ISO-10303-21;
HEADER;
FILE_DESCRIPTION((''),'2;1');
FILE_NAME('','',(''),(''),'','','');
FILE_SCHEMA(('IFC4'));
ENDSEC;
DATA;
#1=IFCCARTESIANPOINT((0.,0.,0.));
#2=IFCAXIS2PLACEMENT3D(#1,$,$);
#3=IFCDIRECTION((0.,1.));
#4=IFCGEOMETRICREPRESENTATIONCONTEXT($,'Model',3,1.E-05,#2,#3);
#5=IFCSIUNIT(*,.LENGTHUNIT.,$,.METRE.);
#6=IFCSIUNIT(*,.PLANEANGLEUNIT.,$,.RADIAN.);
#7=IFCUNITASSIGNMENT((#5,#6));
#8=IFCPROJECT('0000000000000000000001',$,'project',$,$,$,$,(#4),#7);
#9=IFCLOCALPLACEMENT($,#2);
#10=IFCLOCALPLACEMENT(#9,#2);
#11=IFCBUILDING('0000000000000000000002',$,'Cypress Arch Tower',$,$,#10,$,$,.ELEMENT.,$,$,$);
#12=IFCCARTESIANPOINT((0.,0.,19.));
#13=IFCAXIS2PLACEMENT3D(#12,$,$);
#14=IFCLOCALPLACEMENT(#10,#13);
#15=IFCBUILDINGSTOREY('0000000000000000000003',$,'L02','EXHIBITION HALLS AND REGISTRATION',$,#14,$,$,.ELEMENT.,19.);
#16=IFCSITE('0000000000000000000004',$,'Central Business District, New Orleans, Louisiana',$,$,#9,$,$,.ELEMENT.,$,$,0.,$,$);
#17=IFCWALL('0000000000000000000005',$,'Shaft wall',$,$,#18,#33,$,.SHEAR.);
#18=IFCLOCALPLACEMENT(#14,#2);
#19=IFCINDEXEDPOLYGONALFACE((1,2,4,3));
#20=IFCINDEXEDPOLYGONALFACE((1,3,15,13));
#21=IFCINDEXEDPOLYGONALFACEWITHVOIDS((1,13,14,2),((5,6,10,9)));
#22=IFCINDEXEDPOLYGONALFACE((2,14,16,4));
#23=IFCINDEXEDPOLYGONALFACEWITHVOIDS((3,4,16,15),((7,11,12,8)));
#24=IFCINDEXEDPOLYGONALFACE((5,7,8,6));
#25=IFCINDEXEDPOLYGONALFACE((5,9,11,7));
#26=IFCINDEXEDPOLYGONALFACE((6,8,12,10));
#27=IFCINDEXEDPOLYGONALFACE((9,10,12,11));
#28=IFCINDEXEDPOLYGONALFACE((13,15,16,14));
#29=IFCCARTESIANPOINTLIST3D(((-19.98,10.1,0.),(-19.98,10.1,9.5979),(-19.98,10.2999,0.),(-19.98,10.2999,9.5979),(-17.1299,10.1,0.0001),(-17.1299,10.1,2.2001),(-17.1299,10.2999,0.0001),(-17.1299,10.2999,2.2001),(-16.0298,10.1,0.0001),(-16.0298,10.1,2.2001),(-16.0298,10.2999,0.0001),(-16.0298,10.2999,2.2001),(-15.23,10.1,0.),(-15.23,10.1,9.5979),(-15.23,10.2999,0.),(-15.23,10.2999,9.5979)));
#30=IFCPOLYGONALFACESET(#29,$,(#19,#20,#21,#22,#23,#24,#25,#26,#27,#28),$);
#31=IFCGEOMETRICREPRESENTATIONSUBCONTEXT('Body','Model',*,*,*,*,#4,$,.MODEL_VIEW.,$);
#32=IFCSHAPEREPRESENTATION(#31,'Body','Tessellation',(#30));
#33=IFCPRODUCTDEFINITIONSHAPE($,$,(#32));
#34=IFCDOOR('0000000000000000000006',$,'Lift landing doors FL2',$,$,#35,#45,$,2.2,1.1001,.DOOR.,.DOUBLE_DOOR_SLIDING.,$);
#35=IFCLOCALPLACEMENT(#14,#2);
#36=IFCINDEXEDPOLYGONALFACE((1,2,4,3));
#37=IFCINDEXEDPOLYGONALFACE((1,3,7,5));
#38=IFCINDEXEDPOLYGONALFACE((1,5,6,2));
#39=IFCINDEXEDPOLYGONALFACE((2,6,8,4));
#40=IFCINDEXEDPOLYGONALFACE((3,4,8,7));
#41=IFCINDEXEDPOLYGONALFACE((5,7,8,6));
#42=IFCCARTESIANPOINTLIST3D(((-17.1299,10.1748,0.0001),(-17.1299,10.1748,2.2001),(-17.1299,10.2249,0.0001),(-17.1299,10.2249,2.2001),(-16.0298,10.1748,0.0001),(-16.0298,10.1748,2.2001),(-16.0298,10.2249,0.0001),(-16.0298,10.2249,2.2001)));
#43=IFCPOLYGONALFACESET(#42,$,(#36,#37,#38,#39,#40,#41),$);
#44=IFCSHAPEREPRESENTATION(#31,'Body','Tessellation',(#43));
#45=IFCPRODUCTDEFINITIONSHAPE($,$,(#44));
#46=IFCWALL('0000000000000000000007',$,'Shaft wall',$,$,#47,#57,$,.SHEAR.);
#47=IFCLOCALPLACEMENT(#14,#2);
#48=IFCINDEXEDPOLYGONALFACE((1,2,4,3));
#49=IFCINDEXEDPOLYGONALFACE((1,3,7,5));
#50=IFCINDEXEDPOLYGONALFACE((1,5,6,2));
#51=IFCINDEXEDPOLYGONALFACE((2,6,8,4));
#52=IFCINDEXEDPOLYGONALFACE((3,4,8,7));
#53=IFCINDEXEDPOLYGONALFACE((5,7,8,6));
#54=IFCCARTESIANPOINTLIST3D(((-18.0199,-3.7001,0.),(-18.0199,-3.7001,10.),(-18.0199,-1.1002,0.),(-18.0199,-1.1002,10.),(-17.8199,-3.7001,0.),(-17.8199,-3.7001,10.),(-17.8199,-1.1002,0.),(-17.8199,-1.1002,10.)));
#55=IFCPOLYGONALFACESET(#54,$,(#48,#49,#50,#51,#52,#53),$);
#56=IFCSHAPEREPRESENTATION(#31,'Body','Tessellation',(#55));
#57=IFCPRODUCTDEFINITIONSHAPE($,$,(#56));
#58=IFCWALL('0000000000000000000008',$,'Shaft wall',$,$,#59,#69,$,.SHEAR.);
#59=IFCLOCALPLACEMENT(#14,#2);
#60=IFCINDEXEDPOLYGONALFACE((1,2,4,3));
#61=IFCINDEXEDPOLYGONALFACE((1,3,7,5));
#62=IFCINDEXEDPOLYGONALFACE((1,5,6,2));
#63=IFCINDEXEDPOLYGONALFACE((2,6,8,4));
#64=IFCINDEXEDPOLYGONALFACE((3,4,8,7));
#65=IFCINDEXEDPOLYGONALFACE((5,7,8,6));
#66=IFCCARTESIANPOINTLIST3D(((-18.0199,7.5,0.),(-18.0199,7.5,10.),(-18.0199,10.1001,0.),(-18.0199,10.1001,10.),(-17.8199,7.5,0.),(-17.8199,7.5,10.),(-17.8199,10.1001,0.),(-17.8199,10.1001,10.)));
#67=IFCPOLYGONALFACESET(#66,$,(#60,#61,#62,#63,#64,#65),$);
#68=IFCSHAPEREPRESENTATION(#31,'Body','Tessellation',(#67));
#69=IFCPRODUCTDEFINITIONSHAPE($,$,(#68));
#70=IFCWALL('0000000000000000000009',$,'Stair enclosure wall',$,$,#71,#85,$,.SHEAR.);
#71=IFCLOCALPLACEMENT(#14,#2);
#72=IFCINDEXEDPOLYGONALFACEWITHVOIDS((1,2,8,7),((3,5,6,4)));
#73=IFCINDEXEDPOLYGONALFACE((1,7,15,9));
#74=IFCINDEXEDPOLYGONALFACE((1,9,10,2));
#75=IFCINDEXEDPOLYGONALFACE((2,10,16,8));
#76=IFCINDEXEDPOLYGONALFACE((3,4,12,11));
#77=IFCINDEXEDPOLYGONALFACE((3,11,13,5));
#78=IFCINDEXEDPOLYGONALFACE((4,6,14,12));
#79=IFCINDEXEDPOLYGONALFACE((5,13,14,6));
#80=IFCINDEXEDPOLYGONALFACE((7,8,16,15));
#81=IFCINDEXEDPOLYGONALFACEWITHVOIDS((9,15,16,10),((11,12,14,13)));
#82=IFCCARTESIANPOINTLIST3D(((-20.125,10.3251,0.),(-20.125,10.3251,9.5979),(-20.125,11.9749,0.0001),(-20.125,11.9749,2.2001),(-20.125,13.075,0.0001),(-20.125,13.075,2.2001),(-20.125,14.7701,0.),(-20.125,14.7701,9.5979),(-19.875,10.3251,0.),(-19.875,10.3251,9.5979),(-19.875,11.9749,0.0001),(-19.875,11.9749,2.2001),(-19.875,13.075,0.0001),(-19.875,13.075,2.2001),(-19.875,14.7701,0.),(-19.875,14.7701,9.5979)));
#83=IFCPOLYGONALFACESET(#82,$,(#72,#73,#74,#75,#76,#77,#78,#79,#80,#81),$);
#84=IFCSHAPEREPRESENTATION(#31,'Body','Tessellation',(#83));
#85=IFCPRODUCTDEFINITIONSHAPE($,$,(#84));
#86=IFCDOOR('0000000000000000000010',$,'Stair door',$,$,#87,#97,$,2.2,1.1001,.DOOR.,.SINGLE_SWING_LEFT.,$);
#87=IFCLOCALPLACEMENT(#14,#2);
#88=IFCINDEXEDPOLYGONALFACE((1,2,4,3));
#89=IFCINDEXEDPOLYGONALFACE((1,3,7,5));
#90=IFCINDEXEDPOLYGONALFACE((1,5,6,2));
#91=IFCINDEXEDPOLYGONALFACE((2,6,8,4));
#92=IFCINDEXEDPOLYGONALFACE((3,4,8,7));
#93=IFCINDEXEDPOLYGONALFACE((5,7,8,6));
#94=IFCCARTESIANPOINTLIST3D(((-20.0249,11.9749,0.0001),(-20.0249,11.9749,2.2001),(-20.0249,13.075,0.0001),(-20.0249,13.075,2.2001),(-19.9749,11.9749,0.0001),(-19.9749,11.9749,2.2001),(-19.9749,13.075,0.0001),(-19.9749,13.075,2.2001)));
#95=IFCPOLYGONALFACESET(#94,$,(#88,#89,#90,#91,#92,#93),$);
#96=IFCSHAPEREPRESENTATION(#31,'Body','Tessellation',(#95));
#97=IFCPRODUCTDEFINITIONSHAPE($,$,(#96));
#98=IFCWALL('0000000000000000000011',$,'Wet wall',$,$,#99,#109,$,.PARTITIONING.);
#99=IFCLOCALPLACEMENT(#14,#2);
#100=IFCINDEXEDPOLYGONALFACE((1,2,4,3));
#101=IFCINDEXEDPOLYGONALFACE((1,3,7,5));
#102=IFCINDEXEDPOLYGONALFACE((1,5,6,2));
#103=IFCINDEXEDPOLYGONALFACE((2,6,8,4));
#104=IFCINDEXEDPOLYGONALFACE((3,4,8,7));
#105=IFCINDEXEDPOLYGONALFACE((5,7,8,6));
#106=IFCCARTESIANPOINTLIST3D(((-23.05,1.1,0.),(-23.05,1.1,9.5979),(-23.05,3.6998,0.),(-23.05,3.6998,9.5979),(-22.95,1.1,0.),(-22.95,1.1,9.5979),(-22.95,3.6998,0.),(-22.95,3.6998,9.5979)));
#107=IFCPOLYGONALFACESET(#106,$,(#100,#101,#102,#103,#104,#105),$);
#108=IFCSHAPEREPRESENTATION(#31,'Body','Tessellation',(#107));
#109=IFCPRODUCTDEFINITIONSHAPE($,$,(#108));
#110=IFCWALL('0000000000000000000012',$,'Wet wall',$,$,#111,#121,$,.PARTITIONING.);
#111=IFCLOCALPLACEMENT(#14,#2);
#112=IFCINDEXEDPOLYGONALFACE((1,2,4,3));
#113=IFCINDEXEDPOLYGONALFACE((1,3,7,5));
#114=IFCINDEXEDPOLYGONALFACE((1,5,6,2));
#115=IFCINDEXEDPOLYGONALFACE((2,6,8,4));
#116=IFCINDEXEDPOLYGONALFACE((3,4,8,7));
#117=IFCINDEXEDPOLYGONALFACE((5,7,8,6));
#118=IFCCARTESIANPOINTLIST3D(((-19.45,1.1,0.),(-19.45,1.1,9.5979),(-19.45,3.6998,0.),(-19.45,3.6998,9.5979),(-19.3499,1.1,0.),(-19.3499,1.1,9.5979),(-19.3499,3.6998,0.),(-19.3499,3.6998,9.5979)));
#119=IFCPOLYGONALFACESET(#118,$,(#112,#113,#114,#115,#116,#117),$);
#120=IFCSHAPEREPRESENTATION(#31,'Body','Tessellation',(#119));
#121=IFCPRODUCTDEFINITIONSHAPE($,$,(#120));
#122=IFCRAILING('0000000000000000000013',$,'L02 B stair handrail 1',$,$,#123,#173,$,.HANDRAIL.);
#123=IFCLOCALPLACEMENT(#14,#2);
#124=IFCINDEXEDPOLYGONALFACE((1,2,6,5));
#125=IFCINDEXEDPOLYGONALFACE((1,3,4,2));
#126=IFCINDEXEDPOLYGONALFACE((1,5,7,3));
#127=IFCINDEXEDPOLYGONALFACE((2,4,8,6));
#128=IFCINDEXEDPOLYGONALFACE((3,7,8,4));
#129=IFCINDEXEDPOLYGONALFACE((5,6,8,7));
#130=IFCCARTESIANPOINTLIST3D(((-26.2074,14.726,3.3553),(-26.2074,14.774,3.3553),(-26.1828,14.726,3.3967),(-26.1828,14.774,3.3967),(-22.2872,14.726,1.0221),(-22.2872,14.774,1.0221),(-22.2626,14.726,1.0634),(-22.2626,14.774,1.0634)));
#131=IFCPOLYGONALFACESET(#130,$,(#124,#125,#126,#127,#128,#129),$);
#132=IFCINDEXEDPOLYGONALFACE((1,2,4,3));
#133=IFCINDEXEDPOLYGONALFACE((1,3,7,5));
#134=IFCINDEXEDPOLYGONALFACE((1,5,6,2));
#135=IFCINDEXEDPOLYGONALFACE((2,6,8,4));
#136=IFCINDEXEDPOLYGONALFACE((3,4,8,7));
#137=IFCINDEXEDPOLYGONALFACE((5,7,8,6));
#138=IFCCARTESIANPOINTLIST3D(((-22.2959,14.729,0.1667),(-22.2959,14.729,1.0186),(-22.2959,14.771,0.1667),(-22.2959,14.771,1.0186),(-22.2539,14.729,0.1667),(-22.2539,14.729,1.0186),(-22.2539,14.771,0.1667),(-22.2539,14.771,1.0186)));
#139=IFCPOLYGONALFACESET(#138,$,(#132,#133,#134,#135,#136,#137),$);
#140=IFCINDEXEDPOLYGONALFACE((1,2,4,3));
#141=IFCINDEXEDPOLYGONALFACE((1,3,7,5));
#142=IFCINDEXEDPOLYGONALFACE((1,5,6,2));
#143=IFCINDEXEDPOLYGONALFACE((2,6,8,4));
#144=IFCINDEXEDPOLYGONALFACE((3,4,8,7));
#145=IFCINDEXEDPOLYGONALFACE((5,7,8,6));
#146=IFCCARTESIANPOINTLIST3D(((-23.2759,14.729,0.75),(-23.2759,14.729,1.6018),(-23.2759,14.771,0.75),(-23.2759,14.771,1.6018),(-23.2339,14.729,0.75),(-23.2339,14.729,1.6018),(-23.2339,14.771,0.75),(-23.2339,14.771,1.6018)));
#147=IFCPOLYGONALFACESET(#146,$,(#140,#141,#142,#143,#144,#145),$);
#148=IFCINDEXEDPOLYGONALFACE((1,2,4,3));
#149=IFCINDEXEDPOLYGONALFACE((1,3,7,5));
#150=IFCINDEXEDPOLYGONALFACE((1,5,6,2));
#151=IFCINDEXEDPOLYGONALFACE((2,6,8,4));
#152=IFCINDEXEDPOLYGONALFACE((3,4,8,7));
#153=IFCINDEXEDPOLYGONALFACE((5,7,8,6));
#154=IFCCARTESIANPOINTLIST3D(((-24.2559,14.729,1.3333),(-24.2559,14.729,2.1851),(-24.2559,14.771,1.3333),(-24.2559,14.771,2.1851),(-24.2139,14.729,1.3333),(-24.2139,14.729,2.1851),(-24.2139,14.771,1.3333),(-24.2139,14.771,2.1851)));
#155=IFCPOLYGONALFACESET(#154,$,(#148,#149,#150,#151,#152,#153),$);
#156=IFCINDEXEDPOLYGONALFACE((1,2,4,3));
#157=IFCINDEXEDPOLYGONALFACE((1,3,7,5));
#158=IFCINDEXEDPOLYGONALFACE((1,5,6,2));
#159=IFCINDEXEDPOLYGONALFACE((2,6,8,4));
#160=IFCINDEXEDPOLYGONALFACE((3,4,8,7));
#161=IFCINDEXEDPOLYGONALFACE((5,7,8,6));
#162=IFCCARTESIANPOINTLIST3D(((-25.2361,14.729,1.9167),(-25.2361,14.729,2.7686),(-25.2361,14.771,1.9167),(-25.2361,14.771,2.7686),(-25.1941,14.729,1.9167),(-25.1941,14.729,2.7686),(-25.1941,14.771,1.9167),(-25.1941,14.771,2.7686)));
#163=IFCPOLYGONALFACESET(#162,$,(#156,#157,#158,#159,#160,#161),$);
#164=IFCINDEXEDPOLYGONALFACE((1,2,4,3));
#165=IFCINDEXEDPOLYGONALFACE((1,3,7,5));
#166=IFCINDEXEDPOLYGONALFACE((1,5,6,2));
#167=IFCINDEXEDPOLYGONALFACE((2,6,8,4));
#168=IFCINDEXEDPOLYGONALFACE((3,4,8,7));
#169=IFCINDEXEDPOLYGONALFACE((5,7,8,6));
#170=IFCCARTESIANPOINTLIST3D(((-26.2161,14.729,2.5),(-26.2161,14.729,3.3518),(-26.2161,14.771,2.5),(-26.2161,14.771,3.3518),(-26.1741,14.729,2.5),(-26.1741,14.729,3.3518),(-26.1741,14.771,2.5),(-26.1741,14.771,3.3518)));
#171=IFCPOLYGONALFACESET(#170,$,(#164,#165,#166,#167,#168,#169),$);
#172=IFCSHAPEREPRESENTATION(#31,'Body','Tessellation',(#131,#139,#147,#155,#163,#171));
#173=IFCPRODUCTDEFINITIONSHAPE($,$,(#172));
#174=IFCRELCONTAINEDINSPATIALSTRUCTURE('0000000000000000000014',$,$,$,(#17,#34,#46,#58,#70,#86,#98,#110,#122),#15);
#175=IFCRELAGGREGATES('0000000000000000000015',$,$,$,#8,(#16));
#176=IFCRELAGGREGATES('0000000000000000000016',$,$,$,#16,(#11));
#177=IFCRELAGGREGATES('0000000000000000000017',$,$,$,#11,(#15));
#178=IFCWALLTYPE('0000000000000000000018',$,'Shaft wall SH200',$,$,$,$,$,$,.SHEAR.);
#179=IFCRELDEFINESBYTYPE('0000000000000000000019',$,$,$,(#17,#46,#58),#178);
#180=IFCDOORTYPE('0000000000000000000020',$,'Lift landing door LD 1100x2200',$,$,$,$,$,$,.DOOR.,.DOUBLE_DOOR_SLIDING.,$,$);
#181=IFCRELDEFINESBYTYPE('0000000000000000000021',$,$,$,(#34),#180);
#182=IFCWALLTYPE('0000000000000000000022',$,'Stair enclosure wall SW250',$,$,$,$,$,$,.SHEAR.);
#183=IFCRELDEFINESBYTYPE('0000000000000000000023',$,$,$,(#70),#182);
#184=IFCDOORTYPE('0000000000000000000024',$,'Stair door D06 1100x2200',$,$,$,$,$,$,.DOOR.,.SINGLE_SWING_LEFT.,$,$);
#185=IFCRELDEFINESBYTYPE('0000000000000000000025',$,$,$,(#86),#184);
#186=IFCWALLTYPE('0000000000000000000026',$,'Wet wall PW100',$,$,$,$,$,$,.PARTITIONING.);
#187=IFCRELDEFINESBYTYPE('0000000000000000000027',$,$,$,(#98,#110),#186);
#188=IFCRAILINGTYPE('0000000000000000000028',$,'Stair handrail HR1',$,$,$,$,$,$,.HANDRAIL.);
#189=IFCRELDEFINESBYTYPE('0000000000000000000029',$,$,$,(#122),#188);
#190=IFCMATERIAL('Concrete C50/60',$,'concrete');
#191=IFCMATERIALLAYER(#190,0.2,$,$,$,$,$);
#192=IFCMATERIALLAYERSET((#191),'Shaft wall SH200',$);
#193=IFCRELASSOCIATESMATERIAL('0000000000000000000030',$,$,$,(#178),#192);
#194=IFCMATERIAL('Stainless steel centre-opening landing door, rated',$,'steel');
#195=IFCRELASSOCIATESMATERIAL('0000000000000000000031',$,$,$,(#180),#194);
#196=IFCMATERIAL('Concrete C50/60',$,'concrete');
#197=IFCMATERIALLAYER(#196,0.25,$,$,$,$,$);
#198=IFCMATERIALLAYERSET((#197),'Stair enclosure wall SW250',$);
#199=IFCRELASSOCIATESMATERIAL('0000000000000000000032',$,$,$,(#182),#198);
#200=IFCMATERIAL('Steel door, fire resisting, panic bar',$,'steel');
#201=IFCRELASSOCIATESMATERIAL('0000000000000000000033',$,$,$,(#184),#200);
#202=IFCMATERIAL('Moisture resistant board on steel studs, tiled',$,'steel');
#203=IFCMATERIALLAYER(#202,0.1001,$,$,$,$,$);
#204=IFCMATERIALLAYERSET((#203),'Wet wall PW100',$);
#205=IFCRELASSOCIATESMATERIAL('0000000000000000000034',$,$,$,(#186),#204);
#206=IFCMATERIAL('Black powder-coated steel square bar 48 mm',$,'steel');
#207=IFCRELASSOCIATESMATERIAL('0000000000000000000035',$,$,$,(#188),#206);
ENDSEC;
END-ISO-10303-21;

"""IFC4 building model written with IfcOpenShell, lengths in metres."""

from ifc_helpers import new_model, si_unit, direction, frame, frame_2d, origin, origin_2d, place, context, subcontext, project, spatial, rectangle, extrude, material, layer, layer_set, type_object, element, fill, save


model = new_model("IFC4")

# Units and contexts
model_context = context("Model", 3, precision=1e-05, world=origin(), true_north=direction((0.0, 1.0)))
body_context = subcontext(model_context, "Body", "Model", "MODEL_VIEW")
ifc_project = project(units=[si_unit("LENGTHUNIT", "METRE"), si_unit("PLANEANGLEUNIT", "RADIAN")], contexts=[model_context])

# Site, building, storey
site_placement = place(None, origin())
site = spatial("IfcSite", under=ifc_project, at=site_placement, Name="Central Business District, New Orleans, Louisiana", CompositionType="ELEMENT", RefElevation=0.0)
building_placement = place(site_placement, origin())
building = spatial("IfcBuilding", under=site, at=building_placement, Name="Cypress Arch Tower", CompositionType="ELEMENT")
storey_placement = place(building_placement, frame((0.0, 0.0, 19.0)))
storey = spatial("IfcBuildingStorey", under=building, at=storey_placement, Name="L02", Description="EXHIBITION HALLS AND REGISTRATION", CompositionType="ELEMENT", Elevation=19.0)

# Shared definitions
ifc_material_1 = material(Name="Concrete C50/60", Category="concrete")
ifc_layer_1 = layer(ifc_material_1, 0.2)
ifc_layer_set_1 = layer_set([ifc_layer_1], Name="Shaft wall SH200")
wall_type_1 = type_object("IfcWallType", Name="Shaft wall SH200", PredefinedType="SHEAR", material=ifc_layer_set_1)

# Wall, opening, door
wall_1_placement = place(storey_placement, frame((-19.98, 10.2, 0.0), z_axis=(0.0, 0.0, 1.0), x_axis=(1.0, 0.0, 0.0)))
wall_1 = element("IfcWall", 1, at=wall_1_placement, inside=storey, type_object=wall_type_1, Name="Shaft wall", PredefinedType="SHEAR", context=body_context, shape_type="SweptSolid", body=[
    extrude(rectangle(XDim=4.75, YDim=0.2, at=frame_2d((2.375, 0.0))), origin(), (0.0, 0.0, 1.0), 9.5979),
])
opening_1_placement = place(wall_1_placement, frame((2.8501, 0.0, 0.0)))
opening_1 = element("IfcOpeningElement", 2, at=opening_1_placement, cuts=wall_1, PredefinedType="OPENING", context=body_context, shape_type="SweptSolid", body=[
    extrude(rectangle(XDim=1.1001, YDim=2.2, at=frame_2d((0.55, 1.1001))), frame((0.0, 0.1099, 0.0), z_axis=(0.0, -1.0, 0.0), x_axis=(1.0, 0.0, 0.0)), (0.0, 0.0, 1.0), 0.22),
])
ifc_material_2 = material(Name="Stainless steel centre-opening landing door, rated", Category="steel")
door_type_1 = type_object("IfcDoorType", Name="Lift landing door LD 1100x2200", OperationType="DOUBLE_DOOR_SLIDING", PredefinedType="DOOR", material=ifc_material_2)
door_1_placement = place(opening_1_placement, origin())
door_1 = element("IfcDoor", 3, at=door_1_placement, inside=storey, type_object=door_type_1, Name="Lift landing doors FL2", OperationType="DOUBLE_DOOR_SLIDING", OverallHeight=2.2, OverallWidth=1.1001, PredefinedType="DOOR", context=body_context, shape_type="SweptSolid", body=[
    extrude(rectangle(XDim=1.1001, YDim=2.2, at=frame_2d((0.55, 1.1001))), frame((0.0, 0.0249, 0.0), z_axis=(0.0, -1.0, 0.0), x_axis=(1.0, 0.0, 0.0)), (0.0, 0.0, 1.0), 0.05),
])
fill(opening_1, door_1)

# Walls
wall_2_placement = place(storey_placement, frame((-17.9199, -3.7, 0.0), z_axis=(0.0, 0.0, 1.0), x_axis=(0.0, 1.0, 0.0)))
element("IfcWall", 4, at=wall_2_placement, inside=storey, type_object=wall_type_1, Name="Shaft wall", PredefinedType="SHEAR", context=body_context, shape_type="SweptSolid", body=[
    extrude(rectangle(XDim=2.5999, YDim=0.2, at=frame_2d((1.2998, 0.0))), origin(), (0.0, 0.0, 1.0), 10.0),
])
wall_3_placement = place(storey_placement, frame((-17.9199, 7.5, 0.0), z_axis=(0.0, 0.0, 1.0), x_axis=(0.0, 1.0, 0.0)))
element("IfcWall", 5, at=wall_3_placement, inside=storey, type_object=wall_type_1, Name="Shaft wall", PredefinedType="SHEAR", context=body_context, shape_type="SweptSolid", body=[
    extrude(rectangle(XDim=2.6001, YDim=0.2, at=frame_2d((1.3, 0.0))), origin(), (0.0, 0.0, 1.0), 10.0),
])

# Wall, opening, door
ifc_material_3 = material(Name="Concrete C50/60", Category="concrete")
ifc_layer_2 = layer(ifc_material_3, 0.25)
ifc_layer_set_2 = layer_set([ifc_layer_2], Name="Stair enclosure wall SW250")
wall_type_2 = type_object("IfcWallType", Name="Stair enclosure wall SW250", PredefinedType="SHEAR", material=ifc_layer_set_2)
wall_4_placement = place(storey_placement, frame((-20.0, 10.325, 0.0), z_axis=(0.0, 0.0, 1.0), x_axis=(0.0, 1.0, 0.0)))
wall_4 = element("IfcWall", 6, at=wall_4_placement, inside=storey, type_object=wall_type_2, Name="Stair enclosure wall", PredefinedType="SHEAR", context=body_context, shape_type="SweptSolid", body=[
    extrude(rectangle(XDim=4.4451, YDim=0.25, at=frame_2d((2.2227, 0.0))), origin(), (0.0, 0.0, 1.0), 9.5979),
])
opening_2_placement = place(wall_4_placement, frame((1.6499, 0.0, 0.0)))
opening_2 = element("IfcOpeningElement", 7, at=opening_2_placement, cuts=wall_4, PredefinedType="OPENING", context=body_context, shape_type="SweptSolid", body=[
    extrude(rectangle(XDim=1.1001, YDim=2.2, at=frame_2d((0.55, 1.1001))), frame((0.0, 0.135, 0.0), z_axis=(0.0, -1.0, 0.0), x_axis=(1.0, 0.0, 0.0)), (0.0, 0.0, 1.0), 0.27),
])
ifc_material_4 = material(Name="Steel door, fire resisting, panic bar", Category="steel")
door_type_2 = type_object("IfcDoorType", Name="Stair door D06 1100x2200", OperationType="SINGLE_SWING_LEFT", PredefinedType="DOOR", material=ifc_material_4)
door_2_placement = place(opening_2_placement, origin())
door_2 = element("IfcDoor", 8, at=door_2_placement, inside=storey, type_object=door_type_2, Name="Stair door", OperationType="SINGLE_SWING_LEFT", OverallHeight=2.2, OverallWidth=1.1001, PredefinedType="DOOR", context=body_context, shape_type="SweptSolid", body=[
    extrude(rectangle(XDim=1.1001, YDim=2.2, at=frame_2d((0.55, 1.1001))), frame((0.0, 0.0249, 0.0), z_axis=(0.0, -1.0, 0.0), x_axis=(1.0, 0.0, 0.0)), (0.0, 0.0, 1.0), 0.05),
])
fill(opening_2, door_2)

# Walls
ifc_material_5 = material(Name="Moisture resistant board on steel studs, tiled", Category="steel")
ifc_layer_3 = layer(ifc_material_5, 0.1001)
ifc_layer_set_3 = layer_set([ifc_layer_3], Name="Wet wall PW100")
wall_type_3 = type_object("IfcWallType", Name="Wet wall PW100", PredefinedType="PARTITIONING", material=ifc_layer_set_3)
for number, where, z_axis, x_axis, name in (
    (9, (-23.0, 1.1001, 0.0), (0.0, 0.0, 1.0), (0.0, 1.0, 0.0), "Wet wall"),
    (10, (-19.3999, 1.1001, 0.0), (0.0, 0.0, 1.0), (0.0, 1.0, 0.0), "Wet wall"),
):
    element("IfcWall", number, at=place(storey_placement, frame(where, z_axis=z_axis, x_axis=x_axis)), inside=storey, type_object=wall_type_3, Name=name, PredefinedType="PARTITIONING", context=body_context, shape_type="SweptSolid", body=[
        extrude(rectangle(XDim=2.5999, YDim=0.1001, at=frame_2d((1.2998, 0.0))), origin(), (0.0, 0.0, 1.0), 9.5979),
    ])

# Railing
ifc_material_6 = material(Name="Black powder-coated steel square bar 48 mm", Category="steel")
railing_type_1 = type_object("IfcRailingType", Name="Stair handrail HR1", PredefinedType="HANDRAIL", material=ifc_material_6)
for number, where, name in (
    (11, (-22.2749, 14.75, 0.1667), "L02 B stair handrail 1"),
):
    element("IfcRailing", number, at=place(storey_placement, frame(where)), inside=storey, type_object=railing_type_1, Name=name, PredefinedType="HANDRAIL", context=body_context, shape_type="SweptSolid", body=[
        extrude(rectangle(XDim=0.0481, YDim=0.0481, at=origin_2d()), frame((0.0, 0.0, 0.876), z_axis=(-0.85931, 0.0, 0.511455), x_axis=(0.0, -1.0, 0.0)), (0.0, 0.0, 1.0), 4.562),
        extrude(rectangle(XDim=0.042, YDim=0.042, at=origin_2d()), origin(), (0.0, 0.0, 1.0), 0.8518),
        extrude(rectangle(XDim=0.042, YDim=0.042, at=origin_2d()), frame((-0.98, 0.0, 0.5833)), (0.0, 0.0, 1.0), 0.8518),
        extrude(rectangle(XDim=0.042, YDim=0.042, at=origin_2d()), frame((-1.96, 0.0, 1.1665)), (0.0, 0.0, 1.0), 0.8518),
        extrude(rectangle(XDim=0.042, YDim=0.042, at=origin_2d()), frame((-2.9402, 0.0, 1.75)), (0.0, 0.0, 1.0), 0.8518),
        extrude(rectangle(XDim=0.042, YDim=0.042, at=origin_2d()), frame((-3.9202, 0.0, 2.3333)), (0.0, 0.0, 1.0), 0.8518),
    ])

save(model, "model.ifc")
